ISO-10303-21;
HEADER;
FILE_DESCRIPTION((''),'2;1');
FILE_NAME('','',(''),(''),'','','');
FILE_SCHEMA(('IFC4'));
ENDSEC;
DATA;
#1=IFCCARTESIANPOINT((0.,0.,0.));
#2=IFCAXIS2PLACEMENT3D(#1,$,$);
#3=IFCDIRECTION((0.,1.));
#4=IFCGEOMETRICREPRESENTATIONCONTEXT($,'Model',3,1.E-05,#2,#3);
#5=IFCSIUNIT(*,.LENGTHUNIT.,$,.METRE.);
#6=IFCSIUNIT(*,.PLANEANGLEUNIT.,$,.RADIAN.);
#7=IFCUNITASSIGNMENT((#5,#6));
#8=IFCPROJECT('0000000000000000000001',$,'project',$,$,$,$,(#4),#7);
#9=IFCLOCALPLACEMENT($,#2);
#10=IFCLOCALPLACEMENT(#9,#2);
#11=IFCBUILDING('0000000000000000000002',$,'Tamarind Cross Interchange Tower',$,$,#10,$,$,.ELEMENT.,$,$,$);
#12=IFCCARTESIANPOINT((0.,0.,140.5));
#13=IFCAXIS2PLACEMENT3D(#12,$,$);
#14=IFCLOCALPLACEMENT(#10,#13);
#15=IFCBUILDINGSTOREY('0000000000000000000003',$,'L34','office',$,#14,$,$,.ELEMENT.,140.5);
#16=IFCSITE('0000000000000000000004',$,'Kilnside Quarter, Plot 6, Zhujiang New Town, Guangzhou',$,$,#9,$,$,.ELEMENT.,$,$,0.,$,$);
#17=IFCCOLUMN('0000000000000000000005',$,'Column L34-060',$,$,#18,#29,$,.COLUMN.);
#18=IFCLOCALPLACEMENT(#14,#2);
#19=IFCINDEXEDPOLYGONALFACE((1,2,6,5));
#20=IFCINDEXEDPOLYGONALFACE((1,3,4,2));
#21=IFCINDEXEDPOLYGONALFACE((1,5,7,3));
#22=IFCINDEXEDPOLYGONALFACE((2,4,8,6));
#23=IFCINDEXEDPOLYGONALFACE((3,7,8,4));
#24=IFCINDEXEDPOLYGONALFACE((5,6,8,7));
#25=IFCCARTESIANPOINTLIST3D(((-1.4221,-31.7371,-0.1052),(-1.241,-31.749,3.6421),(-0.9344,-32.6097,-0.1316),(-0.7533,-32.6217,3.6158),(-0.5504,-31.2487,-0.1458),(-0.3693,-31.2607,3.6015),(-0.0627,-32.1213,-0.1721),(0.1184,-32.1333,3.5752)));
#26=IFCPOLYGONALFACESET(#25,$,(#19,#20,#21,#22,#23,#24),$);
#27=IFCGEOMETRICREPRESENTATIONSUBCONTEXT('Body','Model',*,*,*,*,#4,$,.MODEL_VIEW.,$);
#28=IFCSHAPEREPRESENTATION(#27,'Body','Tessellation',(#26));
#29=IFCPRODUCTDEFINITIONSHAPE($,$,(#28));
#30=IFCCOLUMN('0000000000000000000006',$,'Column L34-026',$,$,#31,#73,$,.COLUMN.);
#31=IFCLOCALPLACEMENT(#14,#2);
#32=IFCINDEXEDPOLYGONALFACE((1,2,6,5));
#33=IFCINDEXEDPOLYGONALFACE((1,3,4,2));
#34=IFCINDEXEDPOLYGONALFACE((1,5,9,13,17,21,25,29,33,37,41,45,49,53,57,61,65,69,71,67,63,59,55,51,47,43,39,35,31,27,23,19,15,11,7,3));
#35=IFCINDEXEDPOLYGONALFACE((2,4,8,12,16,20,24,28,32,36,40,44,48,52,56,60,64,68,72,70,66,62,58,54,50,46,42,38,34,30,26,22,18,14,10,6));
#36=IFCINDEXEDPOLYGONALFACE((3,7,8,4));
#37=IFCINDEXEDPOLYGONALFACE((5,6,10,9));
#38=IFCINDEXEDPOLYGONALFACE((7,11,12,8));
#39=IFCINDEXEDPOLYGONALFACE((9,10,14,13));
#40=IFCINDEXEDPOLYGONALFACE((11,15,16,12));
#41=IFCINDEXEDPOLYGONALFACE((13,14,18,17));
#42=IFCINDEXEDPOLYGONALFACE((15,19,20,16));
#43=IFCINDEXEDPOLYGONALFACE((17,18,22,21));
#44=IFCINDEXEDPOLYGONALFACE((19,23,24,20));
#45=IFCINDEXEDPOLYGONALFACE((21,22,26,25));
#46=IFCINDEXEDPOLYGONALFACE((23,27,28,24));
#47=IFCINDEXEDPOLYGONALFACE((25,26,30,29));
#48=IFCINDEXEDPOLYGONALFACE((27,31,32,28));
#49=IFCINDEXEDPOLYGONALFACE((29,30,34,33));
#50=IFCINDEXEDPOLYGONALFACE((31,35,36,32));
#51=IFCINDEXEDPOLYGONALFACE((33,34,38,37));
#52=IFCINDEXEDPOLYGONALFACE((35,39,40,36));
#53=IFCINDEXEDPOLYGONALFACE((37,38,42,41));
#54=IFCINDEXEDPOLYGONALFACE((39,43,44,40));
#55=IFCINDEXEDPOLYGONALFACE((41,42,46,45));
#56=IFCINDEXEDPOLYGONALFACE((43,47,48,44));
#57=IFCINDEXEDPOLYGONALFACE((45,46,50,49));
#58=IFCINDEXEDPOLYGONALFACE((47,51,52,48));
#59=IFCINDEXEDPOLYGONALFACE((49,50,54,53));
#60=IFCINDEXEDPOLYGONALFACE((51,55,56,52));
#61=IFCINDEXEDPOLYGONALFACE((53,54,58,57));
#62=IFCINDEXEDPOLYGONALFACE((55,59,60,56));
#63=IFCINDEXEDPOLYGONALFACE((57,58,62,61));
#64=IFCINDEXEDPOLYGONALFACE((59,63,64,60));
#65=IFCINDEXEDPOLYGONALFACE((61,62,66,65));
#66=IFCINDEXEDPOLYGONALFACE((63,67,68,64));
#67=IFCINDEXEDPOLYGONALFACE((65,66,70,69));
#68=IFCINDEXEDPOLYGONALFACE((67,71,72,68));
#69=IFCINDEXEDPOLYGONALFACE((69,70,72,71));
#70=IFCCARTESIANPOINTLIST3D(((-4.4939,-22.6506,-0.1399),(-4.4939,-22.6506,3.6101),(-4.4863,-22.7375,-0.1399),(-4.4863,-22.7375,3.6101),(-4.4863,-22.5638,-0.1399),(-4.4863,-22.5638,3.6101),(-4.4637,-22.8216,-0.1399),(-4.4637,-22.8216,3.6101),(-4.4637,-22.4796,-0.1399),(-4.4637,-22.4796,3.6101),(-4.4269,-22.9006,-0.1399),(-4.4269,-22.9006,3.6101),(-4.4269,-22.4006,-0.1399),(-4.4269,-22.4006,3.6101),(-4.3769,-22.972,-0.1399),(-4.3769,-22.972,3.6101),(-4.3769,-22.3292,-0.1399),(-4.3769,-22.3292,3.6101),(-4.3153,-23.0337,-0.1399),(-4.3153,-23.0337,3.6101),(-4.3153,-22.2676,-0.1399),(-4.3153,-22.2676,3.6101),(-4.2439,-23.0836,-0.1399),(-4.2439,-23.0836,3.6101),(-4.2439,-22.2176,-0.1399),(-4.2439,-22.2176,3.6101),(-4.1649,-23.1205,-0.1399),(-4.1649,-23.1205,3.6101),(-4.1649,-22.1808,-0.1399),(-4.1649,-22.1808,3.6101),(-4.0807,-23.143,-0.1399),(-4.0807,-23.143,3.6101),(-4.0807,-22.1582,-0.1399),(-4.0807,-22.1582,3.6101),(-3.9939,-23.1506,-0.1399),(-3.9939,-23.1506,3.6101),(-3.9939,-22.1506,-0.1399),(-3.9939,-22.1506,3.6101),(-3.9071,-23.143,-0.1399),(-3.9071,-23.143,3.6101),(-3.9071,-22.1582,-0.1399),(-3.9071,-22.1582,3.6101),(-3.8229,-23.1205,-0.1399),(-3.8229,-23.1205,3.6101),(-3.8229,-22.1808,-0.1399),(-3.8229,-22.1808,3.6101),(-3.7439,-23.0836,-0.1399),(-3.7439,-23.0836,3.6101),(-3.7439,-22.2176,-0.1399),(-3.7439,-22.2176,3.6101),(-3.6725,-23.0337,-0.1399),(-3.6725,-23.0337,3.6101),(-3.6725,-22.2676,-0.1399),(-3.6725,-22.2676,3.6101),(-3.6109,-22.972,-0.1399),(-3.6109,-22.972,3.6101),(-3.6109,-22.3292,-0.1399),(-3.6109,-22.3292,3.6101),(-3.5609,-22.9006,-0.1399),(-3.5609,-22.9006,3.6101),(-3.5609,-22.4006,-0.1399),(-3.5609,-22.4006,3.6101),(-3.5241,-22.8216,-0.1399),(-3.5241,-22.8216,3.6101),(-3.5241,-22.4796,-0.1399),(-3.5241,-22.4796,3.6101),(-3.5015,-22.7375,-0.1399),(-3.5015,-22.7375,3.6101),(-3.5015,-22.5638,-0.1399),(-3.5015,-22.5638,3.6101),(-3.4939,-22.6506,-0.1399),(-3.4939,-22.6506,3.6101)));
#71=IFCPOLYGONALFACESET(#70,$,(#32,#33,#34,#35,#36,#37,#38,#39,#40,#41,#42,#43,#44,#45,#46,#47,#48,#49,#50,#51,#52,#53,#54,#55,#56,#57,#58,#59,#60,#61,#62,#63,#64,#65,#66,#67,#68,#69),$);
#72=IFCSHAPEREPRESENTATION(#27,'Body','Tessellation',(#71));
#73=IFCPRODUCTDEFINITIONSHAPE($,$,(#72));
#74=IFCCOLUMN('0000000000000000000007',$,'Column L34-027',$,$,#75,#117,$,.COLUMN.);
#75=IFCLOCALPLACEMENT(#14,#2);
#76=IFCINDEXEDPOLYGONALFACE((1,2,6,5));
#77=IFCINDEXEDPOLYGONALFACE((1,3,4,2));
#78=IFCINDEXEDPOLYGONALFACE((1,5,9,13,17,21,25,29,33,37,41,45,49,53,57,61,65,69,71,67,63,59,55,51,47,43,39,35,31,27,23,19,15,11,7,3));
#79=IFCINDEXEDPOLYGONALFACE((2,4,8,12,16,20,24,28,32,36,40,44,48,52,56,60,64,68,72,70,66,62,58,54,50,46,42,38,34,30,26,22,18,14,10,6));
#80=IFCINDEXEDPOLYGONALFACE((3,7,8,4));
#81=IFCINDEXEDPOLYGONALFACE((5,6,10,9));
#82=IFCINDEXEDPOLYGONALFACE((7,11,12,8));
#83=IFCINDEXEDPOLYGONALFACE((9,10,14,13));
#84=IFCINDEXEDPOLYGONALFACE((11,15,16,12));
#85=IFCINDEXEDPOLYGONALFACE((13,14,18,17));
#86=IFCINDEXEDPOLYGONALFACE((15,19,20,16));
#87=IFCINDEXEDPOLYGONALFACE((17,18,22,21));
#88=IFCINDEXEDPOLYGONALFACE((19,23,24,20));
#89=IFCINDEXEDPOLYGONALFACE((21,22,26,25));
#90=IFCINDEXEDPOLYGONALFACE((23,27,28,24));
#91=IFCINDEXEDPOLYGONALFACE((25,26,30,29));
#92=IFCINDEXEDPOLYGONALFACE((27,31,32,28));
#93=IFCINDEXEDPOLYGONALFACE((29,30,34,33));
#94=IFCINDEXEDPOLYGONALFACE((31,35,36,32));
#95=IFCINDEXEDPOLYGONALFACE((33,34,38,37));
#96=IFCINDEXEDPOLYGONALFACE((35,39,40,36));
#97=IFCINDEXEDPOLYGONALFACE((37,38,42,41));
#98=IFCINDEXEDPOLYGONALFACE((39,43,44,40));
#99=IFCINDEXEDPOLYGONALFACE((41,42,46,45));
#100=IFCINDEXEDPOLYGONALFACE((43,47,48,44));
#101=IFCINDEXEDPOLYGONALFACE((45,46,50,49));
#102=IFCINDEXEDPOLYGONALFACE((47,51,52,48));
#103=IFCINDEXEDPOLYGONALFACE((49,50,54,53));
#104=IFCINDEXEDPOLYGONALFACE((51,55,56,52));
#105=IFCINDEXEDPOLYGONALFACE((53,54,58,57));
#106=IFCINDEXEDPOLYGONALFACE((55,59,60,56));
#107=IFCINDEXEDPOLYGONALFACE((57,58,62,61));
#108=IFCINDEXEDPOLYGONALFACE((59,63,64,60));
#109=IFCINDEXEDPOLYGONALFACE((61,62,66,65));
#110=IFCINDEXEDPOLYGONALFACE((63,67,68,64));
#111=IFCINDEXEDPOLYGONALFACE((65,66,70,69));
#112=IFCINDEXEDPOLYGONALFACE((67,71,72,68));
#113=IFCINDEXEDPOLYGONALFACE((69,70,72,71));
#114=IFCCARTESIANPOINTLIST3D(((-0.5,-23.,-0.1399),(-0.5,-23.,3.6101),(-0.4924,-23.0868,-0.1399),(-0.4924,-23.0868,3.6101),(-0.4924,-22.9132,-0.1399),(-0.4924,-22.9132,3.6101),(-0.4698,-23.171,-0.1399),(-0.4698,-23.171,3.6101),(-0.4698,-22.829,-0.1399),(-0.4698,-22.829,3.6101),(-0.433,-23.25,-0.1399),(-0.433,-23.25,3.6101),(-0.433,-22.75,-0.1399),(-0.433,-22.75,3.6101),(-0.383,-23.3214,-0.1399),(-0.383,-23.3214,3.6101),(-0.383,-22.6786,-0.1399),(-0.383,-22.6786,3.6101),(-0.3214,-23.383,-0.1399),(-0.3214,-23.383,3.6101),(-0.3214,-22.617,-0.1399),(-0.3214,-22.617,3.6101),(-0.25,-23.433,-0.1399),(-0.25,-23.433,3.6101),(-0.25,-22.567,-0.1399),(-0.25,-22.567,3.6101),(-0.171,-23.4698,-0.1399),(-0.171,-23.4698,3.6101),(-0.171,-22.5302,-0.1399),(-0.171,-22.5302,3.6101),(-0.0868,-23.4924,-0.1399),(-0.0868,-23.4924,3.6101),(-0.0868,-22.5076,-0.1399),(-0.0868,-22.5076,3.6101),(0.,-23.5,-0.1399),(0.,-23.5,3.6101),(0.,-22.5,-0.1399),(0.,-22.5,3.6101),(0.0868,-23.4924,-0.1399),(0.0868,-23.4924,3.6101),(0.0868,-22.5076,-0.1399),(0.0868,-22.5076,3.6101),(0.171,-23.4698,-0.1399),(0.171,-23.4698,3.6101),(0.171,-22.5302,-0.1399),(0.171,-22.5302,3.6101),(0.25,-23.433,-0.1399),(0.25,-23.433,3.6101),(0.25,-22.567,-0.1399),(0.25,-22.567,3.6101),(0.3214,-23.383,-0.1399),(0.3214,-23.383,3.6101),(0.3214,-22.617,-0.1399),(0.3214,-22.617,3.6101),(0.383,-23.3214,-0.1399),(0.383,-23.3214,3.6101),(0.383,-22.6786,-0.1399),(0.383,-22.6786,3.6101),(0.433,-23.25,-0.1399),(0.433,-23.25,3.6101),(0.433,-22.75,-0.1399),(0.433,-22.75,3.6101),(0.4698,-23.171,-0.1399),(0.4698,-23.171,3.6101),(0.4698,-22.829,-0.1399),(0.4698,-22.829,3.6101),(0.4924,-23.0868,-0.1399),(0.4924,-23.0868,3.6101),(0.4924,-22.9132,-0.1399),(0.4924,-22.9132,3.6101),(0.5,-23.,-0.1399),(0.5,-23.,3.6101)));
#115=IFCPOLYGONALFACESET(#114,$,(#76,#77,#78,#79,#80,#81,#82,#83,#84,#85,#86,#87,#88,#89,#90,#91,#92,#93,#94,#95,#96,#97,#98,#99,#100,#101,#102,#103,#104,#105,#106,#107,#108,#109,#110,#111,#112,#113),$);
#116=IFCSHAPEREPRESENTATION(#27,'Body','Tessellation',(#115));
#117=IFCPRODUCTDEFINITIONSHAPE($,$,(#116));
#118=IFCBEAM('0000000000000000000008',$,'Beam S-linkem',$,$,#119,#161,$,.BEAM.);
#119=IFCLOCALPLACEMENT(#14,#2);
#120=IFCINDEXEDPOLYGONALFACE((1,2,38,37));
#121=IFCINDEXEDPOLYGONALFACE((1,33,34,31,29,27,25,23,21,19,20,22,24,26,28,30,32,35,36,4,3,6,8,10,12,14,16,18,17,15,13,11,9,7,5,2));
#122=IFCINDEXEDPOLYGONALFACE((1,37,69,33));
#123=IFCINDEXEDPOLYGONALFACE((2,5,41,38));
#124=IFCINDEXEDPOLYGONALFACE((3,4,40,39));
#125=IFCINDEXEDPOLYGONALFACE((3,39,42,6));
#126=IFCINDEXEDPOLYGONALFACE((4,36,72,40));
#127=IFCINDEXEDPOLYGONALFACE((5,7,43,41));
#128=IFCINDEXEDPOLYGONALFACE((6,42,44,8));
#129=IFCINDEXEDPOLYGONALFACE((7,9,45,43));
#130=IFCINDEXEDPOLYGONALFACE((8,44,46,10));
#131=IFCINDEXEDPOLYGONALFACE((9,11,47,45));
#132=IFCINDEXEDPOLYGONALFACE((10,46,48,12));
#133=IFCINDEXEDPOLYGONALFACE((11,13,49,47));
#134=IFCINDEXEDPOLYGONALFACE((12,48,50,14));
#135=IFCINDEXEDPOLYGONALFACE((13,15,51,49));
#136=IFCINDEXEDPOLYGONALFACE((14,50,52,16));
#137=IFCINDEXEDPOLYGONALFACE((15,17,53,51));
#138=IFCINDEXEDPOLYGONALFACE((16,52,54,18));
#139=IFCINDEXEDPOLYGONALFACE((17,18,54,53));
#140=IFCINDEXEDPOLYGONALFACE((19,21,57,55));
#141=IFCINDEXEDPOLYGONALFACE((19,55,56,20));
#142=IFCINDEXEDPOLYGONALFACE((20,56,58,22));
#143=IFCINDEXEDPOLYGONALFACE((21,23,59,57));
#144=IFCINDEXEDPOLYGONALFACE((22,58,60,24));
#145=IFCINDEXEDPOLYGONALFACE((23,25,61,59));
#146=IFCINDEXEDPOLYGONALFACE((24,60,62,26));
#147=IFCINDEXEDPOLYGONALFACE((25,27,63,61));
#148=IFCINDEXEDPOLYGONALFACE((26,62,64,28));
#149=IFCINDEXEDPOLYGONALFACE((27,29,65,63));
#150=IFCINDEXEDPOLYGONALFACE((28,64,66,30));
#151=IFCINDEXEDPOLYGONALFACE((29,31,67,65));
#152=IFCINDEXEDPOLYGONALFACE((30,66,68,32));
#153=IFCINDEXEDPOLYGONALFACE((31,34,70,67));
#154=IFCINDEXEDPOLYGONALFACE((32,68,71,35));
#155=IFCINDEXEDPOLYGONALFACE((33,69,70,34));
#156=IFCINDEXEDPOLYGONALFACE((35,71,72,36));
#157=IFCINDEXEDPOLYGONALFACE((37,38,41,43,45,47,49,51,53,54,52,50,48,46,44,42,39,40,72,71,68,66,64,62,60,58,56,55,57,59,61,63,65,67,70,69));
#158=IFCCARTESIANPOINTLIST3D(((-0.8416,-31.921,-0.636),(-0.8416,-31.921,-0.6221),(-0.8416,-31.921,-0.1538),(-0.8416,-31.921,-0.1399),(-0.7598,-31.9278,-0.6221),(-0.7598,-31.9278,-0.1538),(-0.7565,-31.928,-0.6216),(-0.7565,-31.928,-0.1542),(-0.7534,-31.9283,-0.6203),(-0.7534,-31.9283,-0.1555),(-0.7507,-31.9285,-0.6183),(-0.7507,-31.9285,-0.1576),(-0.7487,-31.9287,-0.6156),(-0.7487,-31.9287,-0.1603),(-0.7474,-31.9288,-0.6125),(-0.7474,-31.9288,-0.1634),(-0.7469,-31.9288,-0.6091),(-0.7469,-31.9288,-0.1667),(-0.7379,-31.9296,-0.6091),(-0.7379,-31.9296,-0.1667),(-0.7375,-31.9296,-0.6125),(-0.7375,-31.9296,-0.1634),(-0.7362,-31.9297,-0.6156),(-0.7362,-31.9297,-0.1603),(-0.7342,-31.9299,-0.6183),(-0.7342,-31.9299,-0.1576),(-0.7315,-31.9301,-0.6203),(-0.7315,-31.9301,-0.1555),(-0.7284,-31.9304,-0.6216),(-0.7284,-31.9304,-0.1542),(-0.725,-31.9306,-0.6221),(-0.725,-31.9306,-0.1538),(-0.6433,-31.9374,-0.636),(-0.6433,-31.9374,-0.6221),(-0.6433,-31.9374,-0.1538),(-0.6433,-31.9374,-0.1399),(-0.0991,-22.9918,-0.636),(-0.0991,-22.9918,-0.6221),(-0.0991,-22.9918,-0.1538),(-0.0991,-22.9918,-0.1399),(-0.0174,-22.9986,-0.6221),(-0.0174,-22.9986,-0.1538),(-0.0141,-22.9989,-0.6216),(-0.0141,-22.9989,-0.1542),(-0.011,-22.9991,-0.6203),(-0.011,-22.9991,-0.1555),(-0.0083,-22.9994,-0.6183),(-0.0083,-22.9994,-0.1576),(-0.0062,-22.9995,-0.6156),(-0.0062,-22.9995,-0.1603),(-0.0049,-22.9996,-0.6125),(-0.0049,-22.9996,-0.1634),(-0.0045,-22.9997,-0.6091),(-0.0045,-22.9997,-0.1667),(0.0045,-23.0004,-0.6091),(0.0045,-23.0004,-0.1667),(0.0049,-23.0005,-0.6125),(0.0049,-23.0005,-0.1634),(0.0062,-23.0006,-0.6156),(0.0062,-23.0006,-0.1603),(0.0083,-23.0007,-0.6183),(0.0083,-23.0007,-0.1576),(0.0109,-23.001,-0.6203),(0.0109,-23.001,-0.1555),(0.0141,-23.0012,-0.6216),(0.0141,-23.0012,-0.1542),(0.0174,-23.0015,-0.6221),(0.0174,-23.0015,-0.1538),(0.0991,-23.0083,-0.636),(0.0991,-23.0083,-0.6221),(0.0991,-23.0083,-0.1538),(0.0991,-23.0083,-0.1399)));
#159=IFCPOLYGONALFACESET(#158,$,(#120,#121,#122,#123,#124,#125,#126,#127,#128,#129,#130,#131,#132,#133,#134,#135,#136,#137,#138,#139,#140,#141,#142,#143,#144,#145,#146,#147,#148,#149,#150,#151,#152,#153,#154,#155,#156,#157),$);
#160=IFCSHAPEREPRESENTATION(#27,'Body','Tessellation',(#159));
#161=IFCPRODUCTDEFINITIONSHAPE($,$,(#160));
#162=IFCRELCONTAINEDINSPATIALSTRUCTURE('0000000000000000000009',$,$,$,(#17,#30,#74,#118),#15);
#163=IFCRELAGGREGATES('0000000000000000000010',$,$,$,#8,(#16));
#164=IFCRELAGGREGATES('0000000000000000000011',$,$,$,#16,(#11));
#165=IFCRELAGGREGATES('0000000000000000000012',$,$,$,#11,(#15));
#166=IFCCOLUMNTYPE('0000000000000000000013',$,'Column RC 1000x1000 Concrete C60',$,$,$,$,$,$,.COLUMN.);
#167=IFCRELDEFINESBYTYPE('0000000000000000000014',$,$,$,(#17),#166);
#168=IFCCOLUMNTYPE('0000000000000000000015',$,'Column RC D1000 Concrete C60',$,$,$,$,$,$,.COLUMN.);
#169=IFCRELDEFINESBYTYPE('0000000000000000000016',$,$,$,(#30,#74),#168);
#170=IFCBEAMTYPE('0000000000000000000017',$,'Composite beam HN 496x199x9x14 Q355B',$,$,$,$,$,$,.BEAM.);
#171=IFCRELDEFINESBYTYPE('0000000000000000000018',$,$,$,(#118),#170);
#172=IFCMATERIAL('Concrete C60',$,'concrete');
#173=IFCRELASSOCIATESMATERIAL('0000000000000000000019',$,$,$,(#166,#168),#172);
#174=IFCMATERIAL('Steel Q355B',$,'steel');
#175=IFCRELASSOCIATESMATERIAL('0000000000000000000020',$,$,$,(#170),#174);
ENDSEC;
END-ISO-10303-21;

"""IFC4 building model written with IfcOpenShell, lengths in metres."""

from ifc_helpers import new_model, si_unit, direction, frame, origin, origin_2d, place, context, subcontext, project, spatial, rectangle, circle, i_section, extrude, material, material_profile, profile_set, type_object, element, save


model = new_model("IFC4")

# Units and contexts
model_context = context("Model", 3, precision=1e-05, world=origin(), true_north=direction((0.0, 1.0)))
body_context = subcontext(model_context, "Body", "Model", "MODEL_VIEW")
ifc_project = project(units=[si_unit("LENGTHUNIT", "METRE"), si_unit("PLANEANGLEUNIT", "RADIAN")], contexts=[model_context])

# Site, building, storey
site_placement = place(None, origin())
site = spatial("IfcSite", under=ifc_project, at=site_placement, Name="Kilnside Quarter, Plot 6, Zhujiang New Town, Guangzhou", CompositionType="ELEMENT", RefElevation=0.0)
building_placement = place(site_placement, origin())
building = spatial("IfcBuilding", under=site, at=building_placement, Name="Tamarind Cross Interchange Tower", CompositionType="ELEMENT")
storey_placement = place(building_placement, frame((0.0, 0.0, 140.5)))
storey = spatial("IfcBuildingStorey", under=building, at=storey_placement, Name="L34", Description="office", CompositionType="ELEMENT", Elevation=140.5)

# Columns
ifc_material_1 = material(Name="Concrete C60", Category="concrete")
ifc_material_profile_1 = material_profile(ifc_material_1, rectangle(XDim=1.0, YDim=1.0, at=origin_2d()), Name="RC 1000x1000")
ifc_profile_set_1 = profile_set([ifc_material_profile_1], Name="Concrete C60")
column_type_1 = type_object("IfcColumnType", Name="Column RC 1000x1000 Concrete C60", PredefinedType="COLUMN", material=ifc_profile_set_1)
column_placement = place(storey_placement, frame((-0.7424, -31.9292, -0.1387), z_axis=(0.048285, -0.003189, 0.998828), x_axis=(-0.487678, 0.872626, 0.026361)))
element("IfcColumn", 1, at=column_placement, inside=storey, type_object=column_type_1, Name="Column L34-060", PredefinedType="COLUMN", context=body_context, shape_type="SweptSolid", body=[
    extrude(rectangle(XDim=1.0, YDim=1.0, at=origin_2d()), origin(), (0.0, 0.0, 1.0), 3.7517),
])
ifc_material_profile_2 = material_profile(ifc_material_1, circle(Radius=0.5, at=origin_2d()), Name="RC D1000")
ifc_profile_set_2 = profile_set([ifc_material_profile_2], Name="Concrete C60")
column_type_2 = type_object("IfcColumnType", Name="Column RC D1000 Concrete C60", PredefinedType="COLUMN", material=ifc_profile_set_2)
for number, where, z_axis, x_axis, name in (
    (2, (-3.9939, -22.6506, -0.1399), (0.0, 0.0, 1.0), (1.0, 0.0, 0.0), "Column L34-026"),
    (3, (0.0, -23.0, -0.1399), (0.0, 0.0, 1.0), (1.0, 0.0, 0.0), "Column L34-027"),
):
    element("IfcColumn", number, at=place(storey_placement, frame(where, z_axis=z_axis, x_axis=x_axis)), inside=storey, type_object=column_type_2, Name=name, PredefinedType="COLUMN", context=body_context, shape_type="SweptSolid", body=[
        extrude(circle(Radius=0.5, at=origin_2d()), origin(), (0.0, 0.0, 1.0), 3.75),
    ])

# Beam
ifc_material_2 = material(Name="Steel Q355B", Category="steel")
ifc_material_profile_3 = material_profile(ifc_material_2, i_section(OverallWidth=0.199, OverallDepth=0.4961, WebThickness=0.009, FlangeThickness=0.0139, FilletRadius=0.0129, at=origin_2d()), Name="HN 496x199x9x14")
ifc_profile_set_3 = profile_set([ifc_material_profile_3], Name="Steel Q355B")
beam_type_1 = type_object("IfcBeamType", Name="Composite beam HN 496x199x9x14 Q355B", PredefinedType="BEAM", material=ifc_profile_set_3)
beam_1_placement = place(storey_placement, frame((-0.7424, -31.9292, -0.3879), z_axis=(0.082861, 0.996561, 0.0), x_axis=(-0.996561, 0.082861, 0.0)))
element("IfcBeam", 4, at=beam_1_placement, inside=storey, type_object=beam_type_1, Name="Beam S-linkem", PredefinedType="BEAM", context=body_context, shape_type="SweptSolid", body=[
    extrude(i_section(OverallWidth=0.199, OverallDepth=0.4961, WebThickness=0.009, FlangeThickness=0.0139, FilletRadius=0.0129, at=origin_2d()), origin(), (0.0, 0.0, 1.0), 8.96),
])

save(model, "model.ifc")
